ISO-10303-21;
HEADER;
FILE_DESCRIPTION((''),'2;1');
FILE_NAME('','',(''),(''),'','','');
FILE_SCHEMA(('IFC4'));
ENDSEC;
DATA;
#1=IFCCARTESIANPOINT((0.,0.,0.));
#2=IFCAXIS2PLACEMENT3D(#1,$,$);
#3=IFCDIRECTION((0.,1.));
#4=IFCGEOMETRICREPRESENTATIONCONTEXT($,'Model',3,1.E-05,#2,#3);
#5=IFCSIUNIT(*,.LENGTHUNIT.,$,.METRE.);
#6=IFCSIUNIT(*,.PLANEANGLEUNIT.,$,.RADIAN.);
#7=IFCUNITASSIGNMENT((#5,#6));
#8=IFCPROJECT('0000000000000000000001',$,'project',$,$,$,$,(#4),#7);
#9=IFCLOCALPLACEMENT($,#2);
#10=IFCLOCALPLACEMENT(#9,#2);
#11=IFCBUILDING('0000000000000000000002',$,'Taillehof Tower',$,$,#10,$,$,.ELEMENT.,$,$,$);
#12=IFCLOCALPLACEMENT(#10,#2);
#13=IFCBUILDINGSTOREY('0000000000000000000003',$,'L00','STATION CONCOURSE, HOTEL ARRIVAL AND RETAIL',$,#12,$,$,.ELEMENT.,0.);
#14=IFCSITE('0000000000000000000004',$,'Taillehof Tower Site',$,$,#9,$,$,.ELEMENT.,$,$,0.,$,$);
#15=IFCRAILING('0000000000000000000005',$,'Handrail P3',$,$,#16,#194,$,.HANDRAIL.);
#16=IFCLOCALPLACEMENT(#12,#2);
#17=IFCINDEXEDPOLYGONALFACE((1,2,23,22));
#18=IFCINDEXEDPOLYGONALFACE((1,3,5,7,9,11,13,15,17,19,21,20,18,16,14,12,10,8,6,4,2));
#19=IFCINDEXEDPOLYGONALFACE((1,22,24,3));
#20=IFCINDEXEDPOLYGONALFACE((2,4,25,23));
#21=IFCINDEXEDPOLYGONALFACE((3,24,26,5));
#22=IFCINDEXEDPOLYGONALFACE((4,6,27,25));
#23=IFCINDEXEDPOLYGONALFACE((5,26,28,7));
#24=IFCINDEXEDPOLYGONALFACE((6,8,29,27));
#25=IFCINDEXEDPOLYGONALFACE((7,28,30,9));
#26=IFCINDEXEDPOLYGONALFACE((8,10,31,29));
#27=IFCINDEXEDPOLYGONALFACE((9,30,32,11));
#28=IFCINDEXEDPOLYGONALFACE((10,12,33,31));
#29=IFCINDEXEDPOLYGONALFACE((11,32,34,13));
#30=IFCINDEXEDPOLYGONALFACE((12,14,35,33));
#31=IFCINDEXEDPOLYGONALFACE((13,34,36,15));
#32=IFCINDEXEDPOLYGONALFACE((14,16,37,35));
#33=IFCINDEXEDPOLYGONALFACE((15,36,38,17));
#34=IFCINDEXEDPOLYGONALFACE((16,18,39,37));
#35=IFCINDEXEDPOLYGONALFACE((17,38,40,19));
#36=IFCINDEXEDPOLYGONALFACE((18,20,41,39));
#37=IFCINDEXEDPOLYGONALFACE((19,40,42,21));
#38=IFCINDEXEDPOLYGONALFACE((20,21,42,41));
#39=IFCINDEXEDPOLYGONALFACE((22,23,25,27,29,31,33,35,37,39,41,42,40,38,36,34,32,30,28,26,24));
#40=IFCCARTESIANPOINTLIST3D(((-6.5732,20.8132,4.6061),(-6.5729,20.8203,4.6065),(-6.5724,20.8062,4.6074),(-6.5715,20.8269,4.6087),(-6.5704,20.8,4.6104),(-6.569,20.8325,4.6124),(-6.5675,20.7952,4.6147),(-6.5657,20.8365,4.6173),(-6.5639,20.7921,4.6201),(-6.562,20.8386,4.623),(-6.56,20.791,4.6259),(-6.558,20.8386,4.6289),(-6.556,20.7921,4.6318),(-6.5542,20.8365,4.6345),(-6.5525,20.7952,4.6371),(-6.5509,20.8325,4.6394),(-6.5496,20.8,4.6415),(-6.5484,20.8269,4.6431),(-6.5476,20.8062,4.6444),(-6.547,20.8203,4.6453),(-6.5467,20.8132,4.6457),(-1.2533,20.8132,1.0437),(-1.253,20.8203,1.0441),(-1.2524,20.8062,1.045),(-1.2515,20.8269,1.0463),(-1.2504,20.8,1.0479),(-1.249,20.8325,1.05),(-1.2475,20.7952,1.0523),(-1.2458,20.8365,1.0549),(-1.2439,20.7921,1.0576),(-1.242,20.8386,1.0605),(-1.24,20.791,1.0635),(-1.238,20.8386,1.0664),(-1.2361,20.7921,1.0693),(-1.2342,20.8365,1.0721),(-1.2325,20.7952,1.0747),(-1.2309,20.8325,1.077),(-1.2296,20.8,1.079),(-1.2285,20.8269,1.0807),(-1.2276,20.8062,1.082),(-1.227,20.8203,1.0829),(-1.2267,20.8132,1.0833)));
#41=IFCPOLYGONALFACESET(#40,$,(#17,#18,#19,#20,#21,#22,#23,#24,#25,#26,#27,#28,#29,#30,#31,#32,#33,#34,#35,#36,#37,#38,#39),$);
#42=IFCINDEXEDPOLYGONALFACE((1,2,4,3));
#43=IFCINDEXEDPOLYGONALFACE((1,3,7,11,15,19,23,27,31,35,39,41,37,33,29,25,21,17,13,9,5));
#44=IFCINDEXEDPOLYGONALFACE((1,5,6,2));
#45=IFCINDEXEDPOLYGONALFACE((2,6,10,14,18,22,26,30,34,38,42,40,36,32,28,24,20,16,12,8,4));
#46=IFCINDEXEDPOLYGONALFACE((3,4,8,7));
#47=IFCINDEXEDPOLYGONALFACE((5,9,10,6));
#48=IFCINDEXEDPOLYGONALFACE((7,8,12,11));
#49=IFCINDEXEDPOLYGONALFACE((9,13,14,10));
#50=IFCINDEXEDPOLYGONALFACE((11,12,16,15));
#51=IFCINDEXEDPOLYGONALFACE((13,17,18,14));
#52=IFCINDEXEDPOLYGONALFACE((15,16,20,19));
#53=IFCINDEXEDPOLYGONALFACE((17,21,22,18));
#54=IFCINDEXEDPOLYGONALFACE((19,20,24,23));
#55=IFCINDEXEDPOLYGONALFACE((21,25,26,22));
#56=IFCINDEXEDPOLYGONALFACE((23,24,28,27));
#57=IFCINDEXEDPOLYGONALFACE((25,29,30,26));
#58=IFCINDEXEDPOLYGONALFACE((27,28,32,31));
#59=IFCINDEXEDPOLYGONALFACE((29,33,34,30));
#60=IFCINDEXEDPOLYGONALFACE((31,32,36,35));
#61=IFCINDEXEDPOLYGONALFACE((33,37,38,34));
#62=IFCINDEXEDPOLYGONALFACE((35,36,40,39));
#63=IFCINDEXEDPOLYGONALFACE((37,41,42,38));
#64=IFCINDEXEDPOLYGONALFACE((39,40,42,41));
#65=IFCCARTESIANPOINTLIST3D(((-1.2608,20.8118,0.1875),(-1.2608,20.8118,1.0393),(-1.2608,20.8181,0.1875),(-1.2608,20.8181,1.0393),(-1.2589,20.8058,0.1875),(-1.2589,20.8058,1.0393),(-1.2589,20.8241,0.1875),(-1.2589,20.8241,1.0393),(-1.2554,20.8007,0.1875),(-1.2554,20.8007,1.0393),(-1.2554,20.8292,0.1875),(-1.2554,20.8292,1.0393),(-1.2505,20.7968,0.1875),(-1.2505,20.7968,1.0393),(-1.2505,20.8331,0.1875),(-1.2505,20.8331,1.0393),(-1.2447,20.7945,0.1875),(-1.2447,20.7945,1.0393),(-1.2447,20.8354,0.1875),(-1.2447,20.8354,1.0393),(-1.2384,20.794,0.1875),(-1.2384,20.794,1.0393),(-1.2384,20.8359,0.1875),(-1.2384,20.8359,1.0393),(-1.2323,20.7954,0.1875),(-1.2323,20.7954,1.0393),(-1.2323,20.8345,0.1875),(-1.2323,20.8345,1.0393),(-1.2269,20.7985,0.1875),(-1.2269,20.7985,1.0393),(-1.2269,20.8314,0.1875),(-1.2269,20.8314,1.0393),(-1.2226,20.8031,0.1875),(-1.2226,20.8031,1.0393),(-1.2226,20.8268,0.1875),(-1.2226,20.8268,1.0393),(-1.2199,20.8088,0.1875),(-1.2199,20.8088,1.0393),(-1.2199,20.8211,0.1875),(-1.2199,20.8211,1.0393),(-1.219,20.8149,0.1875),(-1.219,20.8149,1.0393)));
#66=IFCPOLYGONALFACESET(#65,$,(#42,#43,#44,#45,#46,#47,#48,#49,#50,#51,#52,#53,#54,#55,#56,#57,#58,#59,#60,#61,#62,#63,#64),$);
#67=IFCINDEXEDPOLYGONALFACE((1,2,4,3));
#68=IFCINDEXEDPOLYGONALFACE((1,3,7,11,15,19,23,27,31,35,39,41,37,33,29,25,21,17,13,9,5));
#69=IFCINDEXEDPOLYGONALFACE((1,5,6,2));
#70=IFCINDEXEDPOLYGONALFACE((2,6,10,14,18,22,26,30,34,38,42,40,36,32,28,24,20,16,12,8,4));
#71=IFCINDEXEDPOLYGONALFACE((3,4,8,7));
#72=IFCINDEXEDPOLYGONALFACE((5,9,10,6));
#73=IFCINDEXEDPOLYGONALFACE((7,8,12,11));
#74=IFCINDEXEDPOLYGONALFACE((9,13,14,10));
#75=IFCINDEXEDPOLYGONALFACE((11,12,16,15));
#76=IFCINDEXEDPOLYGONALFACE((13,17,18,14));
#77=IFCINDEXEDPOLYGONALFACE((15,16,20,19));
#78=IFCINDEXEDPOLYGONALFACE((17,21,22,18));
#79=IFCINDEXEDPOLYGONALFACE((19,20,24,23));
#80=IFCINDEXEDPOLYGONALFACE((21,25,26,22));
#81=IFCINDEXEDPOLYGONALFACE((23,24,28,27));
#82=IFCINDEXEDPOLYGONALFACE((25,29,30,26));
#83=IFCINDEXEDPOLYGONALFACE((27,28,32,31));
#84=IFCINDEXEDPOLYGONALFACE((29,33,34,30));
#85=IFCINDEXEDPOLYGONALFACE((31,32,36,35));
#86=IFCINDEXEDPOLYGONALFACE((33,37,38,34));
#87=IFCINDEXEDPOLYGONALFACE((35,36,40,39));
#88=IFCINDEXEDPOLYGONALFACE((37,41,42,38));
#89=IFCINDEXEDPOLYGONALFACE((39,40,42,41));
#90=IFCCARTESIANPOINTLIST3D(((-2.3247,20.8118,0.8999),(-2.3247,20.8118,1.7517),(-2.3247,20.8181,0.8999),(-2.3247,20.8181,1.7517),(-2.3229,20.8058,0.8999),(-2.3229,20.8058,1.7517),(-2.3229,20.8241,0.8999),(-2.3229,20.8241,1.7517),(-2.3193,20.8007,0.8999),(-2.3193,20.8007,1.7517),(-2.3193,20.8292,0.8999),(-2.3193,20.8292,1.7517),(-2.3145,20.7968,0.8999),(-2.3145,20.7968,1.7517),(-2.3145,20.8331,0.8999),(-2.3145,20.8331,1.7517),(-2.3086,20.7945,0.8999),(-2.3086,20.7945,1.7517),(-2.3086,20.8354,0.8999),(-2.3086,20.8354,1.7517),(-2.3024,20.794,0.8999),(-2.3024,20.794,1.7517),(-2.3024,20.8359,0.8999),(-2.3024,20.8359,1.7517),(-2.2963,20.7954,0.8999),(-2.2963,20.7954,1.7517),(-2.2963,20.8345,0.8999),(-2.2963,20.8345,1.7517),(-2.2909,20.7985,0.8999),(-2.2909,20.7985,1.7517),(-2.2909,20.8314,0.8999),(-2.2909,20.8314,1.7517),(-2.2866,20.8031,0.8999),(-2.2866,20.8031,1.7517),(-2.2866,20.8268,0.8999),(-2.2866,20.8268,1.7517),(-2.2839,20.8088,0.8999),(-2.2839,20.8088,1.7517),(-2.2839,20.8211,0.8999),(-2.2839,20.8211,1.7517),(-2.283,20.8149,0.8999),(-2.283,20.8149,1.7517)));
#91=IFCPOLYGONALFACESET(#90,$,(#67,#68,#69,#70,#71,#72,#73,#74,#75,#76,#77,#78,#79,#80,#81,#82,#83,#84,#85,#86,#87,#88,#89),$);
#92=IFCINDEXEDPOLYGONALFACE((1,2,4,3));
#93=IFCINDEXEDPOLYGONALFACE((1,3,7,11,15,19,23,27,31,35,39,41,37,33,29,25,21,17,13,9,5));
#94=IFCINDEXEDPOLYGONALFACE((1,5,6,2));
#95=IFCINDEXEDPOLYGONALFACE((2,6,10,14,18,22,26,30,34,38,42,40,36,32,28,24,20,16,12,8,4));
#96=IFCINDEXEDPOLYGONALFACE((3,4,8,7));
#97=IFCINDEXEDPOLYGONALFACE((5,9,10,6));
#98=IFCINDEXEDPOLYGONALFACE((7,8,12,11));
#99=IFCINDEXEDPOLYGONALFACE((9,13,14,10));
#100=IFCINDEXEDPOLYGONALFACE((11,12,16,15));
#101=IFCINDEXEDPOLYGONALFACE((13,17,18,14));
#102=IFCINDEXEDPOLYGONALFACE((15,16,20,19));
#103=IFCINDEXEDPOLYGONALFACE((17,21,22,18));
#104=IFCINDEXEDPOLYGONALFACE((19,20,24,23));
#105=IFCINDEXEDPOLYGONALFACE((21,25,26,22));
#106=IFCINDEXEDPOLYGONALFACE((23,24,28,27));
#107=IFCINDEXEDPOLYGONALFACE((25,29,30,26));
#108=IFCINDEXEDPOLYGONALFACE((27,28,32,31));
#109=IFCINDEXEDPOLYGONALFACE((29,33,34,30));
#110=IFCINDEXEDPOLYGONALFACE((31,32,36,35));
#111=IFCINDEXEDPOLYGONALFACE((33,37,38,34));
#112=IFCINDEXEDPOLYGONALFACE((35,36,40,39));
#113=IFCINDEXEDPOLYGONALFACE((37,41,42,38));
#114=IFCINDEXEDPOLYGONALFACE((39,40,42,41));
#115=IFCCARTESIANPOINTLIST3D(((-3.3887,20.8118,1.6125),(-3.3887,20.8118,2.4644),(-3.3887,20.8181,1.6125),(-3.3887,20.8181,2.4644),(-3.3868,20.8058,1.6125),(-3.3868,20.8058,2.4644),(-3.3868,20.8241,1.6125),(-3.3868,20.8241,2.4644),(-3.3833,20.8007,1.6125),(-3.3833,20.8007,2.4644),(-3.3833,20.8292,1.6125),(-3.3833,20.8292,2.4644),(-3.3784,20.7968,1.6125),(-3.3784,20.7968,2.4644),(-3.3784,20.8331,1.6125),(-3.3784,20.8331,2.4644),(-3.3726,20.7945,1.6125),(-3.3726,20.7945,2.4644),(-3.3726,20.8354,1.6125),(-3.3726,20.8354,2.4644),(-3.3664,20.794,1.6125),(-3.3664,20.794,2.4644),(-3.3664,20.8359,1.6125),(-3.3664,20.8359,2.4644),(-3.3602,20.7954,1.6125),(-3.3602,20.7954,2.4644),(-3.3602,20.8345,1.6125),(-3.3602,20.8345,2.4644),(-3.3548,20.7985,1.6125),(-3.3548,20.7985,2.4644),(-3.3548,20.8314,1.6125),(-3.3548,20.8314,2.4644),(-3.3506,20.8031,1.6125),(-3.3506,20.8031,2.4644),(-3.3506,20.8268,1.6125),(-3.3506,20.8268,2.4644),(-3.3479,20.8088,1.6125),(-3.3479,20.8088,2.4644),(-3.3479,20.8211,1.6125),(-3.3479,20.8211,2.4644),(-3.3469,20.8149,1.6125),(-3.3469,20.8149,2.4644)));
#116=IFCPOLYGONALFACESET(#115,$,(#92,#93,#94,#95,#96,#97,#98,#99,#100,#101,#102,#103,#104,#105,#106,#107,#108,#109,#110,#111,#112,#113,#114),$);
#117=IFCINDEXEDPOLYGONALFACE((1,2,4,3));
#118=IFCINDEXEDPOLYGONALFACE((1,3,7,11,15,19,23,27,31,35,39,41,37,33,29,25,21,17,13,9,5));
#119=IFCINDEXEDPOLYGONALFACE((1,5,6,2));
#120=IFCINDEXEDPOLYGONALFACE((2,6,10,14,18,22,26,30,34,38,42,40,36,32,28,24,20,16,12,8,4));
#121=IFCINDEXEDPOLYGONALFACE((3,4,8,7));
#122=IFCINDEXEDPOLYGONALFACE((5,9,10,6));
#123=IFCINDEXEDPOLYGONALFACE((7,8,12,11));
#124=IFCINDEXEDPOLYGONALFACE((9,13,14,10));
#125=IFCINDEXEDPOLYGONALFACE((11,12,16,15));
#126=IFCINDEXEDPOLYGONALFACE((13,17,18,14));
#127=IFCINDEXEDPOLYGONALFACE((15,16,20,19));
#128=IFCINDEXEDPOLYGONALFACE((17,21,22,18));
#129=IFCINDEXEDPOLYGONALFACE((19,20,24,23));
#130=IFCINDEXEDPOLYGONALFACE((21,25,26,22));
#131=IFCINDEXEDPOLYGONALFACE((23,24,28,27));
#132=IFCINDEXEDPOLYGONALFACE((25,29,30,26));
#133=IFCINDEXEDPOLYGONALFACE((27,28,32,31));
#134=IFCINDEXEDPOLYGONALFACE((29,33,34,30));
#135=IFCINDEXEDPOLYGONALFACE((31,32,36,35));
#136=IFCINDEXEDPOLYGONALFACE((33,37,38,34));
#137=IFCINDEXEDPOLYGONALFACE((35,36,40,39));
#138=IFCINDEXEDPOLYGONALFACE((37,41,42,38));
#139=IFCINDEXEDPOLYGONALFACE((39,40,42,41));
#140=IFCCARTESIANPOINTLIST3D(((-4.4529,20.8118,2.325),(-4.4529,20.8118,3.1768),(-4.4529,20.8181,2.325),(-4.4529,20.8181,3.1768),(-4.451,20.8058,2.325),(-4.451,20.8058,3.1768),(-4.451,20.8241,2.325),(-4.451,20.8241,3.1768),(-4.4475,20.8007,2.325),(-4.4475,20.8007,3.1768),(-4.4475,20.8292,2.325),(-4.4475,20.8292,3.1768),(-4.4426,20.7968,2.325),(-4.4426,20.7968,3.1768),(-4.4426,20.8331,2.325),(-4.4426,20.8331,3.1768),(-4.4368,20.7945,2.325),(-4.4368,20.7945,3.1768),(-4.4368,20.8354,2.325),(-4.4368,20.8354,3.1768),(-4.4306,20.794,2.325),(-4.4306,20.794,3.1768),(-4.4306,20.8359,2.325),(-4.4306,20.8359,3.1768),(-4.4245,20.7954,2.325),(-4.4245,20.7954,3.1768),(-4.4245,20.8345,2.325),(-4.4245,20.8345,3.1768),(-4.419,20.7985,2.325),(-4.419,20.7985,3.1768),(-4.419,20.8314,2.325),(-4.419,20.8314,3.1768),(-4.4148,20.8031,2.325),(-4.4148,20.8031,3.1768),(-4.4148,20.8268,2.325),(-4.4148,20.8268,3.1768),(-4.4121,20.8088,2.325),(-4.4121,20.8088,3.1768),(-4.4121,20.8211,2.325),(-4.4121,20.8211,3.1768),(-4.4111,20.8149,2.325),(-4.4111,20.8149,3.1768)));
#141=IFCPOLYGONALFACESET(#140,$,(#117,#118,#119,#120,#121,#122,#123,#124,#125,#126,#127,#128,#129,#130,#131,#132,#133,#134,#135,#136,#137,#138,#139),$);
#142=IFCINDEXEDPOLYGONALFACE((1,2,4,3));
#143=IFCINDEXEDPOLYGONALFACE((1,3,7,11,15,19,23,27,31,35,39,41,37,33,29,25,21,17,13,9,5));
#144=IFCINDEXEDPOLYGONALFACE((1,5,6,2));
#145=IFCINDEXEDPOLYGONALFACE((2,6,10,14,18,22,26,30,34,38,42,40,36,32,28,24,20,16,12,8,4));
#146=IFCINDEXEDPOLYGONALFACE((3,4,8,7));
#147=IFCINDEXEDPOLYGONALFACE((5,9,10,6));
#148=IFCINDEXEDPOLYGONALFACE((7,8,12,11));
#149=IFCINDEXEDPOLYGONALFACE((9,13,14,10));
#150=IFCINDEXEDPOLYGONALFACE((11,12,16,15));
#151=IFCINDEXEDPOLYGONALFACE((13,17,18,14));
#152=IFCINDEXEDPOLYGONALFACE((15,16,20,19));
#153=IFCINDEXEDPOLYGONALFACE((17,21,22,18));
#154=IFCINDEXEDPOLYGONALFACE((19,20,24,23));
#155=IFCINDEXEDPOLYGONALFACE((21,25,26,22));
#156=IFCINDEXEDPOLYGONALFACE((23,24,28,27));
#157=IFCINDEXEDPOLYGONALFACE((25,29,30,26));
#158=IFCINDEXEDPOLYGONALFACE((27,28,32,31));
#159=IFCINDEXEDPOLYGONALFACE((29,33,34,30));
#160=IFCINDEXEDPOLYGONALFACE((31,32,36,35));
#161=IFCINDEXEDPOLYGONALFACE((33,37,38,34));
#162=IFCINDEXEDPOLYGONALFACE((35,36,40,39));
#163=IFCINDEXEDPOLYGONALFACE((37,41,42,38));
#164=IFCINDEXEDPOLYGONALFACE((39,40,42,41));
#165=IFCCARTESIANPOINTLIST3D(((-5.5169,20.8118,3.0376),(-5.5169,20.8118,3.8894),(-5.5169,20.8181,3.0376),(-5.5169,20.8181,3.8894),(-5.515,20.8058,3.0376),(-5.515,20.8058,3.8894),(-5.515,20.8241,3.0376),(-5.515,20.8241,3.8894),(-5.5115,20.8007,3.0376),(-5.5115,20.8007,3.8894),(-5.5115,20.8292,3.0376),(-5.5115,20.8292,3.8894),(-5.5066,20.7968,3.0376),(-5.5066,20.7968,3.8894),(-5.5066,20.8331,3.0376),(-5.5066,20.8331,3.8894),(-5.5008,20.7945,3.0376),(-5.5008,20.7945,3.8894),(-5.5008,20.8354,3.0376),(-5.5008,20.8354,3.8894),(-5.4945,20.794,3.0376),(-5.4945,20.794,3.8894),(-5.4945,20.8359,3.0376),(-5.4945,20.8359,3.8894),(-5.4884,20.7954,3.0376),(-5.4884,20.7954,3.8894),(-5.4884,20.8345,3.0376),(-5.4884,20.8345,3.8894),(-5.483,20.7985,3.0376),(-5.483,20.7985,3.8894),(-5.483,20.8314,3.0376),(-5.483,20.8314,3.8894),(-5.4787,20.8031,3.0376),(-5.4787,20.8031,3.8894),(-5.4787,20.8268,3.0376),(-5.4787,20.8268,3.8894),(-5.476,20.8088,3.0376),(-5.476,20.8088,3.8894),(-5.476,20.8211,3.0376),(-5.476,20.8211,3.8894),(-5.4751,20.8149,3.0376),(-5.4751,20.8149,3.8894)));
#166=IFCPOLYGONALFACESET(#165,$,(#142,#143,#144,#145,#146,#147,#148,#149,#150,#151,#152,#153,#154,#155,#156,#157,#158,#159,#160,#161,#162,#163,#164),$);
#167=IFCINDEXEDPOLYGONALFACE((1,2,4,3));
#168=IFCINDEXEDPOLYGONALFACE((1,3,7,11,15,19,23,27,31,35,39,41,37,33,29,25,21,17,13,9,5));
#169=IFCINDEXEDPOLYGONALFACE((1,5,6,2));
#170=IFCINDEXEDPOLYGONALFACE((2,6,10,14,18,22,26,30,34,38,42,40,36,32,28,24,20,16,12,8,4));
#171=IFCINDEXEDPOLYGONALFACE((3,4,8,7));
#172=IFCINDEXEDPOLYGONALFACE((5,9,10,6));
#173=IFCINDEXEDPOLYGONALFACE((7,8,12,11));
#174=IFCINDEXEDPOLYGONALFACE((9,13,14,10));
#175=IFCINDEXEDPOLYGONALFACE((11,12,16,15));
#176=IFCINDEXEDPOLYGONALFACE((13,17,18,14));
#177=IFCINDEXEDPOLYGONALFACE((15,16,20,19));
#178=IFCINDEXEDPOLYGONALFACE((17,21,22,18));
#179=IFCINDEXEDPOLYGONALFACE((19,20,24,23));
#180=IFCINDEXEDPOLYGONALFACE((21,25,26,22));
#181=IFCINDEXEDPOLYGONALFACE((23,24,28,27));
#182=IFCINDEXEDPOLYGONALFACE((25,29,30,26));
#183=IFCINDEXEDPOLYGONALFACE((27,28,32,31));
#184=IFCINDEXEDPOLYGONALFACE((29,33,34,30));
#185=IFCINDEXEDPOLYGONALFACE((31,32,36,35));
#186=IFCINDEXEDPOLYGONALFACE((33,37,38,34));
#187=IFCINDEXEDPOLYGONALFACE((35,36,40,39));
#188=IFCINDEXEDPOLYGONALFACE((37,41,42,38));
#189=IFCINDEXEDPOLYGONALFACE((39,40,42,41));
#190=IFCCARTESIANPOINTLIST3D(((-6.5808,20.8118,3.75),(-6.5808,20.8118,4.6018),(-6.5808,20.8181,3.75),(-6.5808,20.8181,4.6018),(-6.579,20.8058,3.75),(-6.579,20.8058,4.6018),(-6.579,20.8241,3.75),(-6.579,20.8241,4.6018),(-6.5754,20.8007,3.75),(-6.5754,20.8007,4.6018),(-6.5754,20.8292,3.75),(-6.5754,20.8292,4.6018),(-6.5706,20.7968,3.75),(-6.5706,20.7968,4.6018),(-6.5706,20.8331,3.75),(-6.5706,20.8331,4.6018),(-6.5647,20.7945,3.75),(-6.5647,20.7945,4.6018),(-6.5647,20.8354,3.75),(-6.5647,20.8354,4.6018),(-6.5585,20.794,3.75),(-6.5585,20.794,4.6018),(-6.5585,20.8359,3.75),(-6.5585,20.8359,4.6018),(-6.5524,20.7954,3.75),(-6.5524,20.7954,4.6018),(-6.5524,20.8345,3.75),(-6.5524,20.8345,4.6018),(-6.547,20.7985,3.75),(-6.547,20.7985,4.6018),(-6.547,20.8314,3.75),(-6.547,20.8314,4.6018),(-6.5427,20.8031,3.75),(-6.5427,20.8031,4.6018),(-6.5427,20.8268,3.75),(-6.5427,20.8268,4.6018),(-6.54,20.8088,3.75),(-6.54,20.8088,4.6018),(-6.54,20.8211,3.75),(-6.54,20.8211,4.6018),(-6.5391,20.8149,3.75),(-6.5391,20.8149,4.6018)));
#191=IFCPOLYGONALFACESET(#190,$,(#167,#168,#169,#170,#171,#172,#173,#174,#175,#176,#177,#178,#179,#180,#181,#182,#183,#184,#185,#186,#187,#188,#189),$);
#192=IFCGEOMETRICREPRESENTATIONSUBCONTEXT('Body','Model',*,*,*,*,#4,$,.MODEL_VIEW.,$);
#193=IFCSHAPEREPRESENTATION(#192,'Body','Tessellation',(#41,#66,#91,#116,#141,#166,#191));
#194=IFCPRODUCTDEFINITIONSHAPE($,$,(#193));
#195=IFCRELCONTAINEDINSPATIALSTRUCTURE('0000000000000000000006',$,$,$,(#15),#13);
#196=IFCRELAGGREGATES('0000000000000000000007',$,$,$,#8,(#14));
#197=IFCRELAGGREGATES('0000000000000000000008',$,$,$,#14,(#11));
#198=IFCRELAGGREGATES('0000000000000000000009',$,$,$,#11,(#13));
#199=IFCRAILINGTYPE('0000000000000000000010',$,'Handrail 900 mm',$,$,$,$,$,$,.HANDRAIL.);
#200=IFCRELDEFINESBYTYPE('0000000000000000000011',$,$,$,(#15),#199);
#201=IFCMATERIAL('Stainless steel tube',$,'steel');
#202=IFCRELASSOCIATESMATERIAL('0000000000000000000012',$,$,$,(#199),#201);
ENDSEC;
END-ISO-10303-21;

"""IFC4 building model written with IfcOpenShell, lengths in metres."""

from ifc_helpers import new_model, si_unit, direction, frame, origin, origin_2d, place, context, subcontext, project, spatial, circle, extrude, material, type_object, element, save


model = new_model("IFC4")

# Units and contexts
model_context = context("Model", 3, precision=1e-05, world=origin(), true_north=direction((0.0, 1.0)))
body_context = subcontext(model_context, "Body", "Model", "MODEL_VIEW")
ifc_project = project(units=[si_unit("LENGTHUNIT", "METRE"), si_unit("PLANEANGLEUNIT", "RADIAN")], contexts=[model_context])

# Site, building, storey
site_placement = place(None, origin())
site = spatial("IfcSite", under=ifc_project, at=site_placement, Name="Taillehof Tower Site", CompositionType="ELEMENT", RefElevation=0.0)
building_placement = place(site_placement, origin())
building = spatial("IfcBuilding", under=site, at=building_placement, Name="Taillehof Tower", CompositionType="ELEMENT")
storey_placement = place(building_placement, origin())
storey = spatial("IfcBuildingStorey", under=building, at=storey_placement, Name="L00", Description="STATION CONCOURSE, HOTEL ARRIVAL AND RETAIL", CompositionType="ELEMENT", Elevation=0.0)

# Railing
ifc_material_1 = material(Name="Stainless steel tube", Category="steel")
railing_type = type_object("IfcRailingType", Name="Handrail 900 mm", PredefinedType="HANDRAIL", material=ifc_material_1)
for number, where, name in (
    (1, (-1.24, 20.8149, 0.1875), "Handrail P3"),
):
    element("IfcRailing", number, at=place(storey_placement, frame(where)), inside=storey, type_object=railing_type, Name=name, PredefinedType="HANDRAIL", context=body_context, shape_type="SweptSolid", body=[
        extrude(circle(Radius=0.0239, at=origin_2d()), frame((0.0, 0.0, 0.876), z_axis=(-0.83091, 0.0, 0.556406), x_axis=(0.0, -1.0, 0.0)), (0.0, 0.0, 1.0), 6.4026),
        extrude(circle(Radius=0.021, at=origin_2d()), origin(), (0.0, 0.0, 1.0), 0.8518),
        extrude(circle(Radius=0.021, at=origin_2d()), frame((-1.064, 0.0, 0.7124)), (0.0, 0.0, 1.0), 0.8518),
        extrude(circle(Radius=0.021, at=origin_2d()), frame((-2.1279, 0.0, 1.425)), (0.0, 0.0, 1.0), 0.8518),
        extrude(circle(Radius=0.021, at=origin_2d()), frame((-3.1921, 0.0, 2.1375)), (0.0, 0.0, 1.0), 0.8518),
        extrude(circle(Radius=0.021, at=origin_2d()), frame((-4.2561, 0.0, 2.8501)), (0.0, 0.0, 1.0), 0.8518),
        extrude(circle(Radius=0.021, at=origin_2d()), frame((-5.3201, 0.0, 3.5625)), (0.0, 0.0, 1.0), 0.8518),
    ])

save(model, "model.ifc")
